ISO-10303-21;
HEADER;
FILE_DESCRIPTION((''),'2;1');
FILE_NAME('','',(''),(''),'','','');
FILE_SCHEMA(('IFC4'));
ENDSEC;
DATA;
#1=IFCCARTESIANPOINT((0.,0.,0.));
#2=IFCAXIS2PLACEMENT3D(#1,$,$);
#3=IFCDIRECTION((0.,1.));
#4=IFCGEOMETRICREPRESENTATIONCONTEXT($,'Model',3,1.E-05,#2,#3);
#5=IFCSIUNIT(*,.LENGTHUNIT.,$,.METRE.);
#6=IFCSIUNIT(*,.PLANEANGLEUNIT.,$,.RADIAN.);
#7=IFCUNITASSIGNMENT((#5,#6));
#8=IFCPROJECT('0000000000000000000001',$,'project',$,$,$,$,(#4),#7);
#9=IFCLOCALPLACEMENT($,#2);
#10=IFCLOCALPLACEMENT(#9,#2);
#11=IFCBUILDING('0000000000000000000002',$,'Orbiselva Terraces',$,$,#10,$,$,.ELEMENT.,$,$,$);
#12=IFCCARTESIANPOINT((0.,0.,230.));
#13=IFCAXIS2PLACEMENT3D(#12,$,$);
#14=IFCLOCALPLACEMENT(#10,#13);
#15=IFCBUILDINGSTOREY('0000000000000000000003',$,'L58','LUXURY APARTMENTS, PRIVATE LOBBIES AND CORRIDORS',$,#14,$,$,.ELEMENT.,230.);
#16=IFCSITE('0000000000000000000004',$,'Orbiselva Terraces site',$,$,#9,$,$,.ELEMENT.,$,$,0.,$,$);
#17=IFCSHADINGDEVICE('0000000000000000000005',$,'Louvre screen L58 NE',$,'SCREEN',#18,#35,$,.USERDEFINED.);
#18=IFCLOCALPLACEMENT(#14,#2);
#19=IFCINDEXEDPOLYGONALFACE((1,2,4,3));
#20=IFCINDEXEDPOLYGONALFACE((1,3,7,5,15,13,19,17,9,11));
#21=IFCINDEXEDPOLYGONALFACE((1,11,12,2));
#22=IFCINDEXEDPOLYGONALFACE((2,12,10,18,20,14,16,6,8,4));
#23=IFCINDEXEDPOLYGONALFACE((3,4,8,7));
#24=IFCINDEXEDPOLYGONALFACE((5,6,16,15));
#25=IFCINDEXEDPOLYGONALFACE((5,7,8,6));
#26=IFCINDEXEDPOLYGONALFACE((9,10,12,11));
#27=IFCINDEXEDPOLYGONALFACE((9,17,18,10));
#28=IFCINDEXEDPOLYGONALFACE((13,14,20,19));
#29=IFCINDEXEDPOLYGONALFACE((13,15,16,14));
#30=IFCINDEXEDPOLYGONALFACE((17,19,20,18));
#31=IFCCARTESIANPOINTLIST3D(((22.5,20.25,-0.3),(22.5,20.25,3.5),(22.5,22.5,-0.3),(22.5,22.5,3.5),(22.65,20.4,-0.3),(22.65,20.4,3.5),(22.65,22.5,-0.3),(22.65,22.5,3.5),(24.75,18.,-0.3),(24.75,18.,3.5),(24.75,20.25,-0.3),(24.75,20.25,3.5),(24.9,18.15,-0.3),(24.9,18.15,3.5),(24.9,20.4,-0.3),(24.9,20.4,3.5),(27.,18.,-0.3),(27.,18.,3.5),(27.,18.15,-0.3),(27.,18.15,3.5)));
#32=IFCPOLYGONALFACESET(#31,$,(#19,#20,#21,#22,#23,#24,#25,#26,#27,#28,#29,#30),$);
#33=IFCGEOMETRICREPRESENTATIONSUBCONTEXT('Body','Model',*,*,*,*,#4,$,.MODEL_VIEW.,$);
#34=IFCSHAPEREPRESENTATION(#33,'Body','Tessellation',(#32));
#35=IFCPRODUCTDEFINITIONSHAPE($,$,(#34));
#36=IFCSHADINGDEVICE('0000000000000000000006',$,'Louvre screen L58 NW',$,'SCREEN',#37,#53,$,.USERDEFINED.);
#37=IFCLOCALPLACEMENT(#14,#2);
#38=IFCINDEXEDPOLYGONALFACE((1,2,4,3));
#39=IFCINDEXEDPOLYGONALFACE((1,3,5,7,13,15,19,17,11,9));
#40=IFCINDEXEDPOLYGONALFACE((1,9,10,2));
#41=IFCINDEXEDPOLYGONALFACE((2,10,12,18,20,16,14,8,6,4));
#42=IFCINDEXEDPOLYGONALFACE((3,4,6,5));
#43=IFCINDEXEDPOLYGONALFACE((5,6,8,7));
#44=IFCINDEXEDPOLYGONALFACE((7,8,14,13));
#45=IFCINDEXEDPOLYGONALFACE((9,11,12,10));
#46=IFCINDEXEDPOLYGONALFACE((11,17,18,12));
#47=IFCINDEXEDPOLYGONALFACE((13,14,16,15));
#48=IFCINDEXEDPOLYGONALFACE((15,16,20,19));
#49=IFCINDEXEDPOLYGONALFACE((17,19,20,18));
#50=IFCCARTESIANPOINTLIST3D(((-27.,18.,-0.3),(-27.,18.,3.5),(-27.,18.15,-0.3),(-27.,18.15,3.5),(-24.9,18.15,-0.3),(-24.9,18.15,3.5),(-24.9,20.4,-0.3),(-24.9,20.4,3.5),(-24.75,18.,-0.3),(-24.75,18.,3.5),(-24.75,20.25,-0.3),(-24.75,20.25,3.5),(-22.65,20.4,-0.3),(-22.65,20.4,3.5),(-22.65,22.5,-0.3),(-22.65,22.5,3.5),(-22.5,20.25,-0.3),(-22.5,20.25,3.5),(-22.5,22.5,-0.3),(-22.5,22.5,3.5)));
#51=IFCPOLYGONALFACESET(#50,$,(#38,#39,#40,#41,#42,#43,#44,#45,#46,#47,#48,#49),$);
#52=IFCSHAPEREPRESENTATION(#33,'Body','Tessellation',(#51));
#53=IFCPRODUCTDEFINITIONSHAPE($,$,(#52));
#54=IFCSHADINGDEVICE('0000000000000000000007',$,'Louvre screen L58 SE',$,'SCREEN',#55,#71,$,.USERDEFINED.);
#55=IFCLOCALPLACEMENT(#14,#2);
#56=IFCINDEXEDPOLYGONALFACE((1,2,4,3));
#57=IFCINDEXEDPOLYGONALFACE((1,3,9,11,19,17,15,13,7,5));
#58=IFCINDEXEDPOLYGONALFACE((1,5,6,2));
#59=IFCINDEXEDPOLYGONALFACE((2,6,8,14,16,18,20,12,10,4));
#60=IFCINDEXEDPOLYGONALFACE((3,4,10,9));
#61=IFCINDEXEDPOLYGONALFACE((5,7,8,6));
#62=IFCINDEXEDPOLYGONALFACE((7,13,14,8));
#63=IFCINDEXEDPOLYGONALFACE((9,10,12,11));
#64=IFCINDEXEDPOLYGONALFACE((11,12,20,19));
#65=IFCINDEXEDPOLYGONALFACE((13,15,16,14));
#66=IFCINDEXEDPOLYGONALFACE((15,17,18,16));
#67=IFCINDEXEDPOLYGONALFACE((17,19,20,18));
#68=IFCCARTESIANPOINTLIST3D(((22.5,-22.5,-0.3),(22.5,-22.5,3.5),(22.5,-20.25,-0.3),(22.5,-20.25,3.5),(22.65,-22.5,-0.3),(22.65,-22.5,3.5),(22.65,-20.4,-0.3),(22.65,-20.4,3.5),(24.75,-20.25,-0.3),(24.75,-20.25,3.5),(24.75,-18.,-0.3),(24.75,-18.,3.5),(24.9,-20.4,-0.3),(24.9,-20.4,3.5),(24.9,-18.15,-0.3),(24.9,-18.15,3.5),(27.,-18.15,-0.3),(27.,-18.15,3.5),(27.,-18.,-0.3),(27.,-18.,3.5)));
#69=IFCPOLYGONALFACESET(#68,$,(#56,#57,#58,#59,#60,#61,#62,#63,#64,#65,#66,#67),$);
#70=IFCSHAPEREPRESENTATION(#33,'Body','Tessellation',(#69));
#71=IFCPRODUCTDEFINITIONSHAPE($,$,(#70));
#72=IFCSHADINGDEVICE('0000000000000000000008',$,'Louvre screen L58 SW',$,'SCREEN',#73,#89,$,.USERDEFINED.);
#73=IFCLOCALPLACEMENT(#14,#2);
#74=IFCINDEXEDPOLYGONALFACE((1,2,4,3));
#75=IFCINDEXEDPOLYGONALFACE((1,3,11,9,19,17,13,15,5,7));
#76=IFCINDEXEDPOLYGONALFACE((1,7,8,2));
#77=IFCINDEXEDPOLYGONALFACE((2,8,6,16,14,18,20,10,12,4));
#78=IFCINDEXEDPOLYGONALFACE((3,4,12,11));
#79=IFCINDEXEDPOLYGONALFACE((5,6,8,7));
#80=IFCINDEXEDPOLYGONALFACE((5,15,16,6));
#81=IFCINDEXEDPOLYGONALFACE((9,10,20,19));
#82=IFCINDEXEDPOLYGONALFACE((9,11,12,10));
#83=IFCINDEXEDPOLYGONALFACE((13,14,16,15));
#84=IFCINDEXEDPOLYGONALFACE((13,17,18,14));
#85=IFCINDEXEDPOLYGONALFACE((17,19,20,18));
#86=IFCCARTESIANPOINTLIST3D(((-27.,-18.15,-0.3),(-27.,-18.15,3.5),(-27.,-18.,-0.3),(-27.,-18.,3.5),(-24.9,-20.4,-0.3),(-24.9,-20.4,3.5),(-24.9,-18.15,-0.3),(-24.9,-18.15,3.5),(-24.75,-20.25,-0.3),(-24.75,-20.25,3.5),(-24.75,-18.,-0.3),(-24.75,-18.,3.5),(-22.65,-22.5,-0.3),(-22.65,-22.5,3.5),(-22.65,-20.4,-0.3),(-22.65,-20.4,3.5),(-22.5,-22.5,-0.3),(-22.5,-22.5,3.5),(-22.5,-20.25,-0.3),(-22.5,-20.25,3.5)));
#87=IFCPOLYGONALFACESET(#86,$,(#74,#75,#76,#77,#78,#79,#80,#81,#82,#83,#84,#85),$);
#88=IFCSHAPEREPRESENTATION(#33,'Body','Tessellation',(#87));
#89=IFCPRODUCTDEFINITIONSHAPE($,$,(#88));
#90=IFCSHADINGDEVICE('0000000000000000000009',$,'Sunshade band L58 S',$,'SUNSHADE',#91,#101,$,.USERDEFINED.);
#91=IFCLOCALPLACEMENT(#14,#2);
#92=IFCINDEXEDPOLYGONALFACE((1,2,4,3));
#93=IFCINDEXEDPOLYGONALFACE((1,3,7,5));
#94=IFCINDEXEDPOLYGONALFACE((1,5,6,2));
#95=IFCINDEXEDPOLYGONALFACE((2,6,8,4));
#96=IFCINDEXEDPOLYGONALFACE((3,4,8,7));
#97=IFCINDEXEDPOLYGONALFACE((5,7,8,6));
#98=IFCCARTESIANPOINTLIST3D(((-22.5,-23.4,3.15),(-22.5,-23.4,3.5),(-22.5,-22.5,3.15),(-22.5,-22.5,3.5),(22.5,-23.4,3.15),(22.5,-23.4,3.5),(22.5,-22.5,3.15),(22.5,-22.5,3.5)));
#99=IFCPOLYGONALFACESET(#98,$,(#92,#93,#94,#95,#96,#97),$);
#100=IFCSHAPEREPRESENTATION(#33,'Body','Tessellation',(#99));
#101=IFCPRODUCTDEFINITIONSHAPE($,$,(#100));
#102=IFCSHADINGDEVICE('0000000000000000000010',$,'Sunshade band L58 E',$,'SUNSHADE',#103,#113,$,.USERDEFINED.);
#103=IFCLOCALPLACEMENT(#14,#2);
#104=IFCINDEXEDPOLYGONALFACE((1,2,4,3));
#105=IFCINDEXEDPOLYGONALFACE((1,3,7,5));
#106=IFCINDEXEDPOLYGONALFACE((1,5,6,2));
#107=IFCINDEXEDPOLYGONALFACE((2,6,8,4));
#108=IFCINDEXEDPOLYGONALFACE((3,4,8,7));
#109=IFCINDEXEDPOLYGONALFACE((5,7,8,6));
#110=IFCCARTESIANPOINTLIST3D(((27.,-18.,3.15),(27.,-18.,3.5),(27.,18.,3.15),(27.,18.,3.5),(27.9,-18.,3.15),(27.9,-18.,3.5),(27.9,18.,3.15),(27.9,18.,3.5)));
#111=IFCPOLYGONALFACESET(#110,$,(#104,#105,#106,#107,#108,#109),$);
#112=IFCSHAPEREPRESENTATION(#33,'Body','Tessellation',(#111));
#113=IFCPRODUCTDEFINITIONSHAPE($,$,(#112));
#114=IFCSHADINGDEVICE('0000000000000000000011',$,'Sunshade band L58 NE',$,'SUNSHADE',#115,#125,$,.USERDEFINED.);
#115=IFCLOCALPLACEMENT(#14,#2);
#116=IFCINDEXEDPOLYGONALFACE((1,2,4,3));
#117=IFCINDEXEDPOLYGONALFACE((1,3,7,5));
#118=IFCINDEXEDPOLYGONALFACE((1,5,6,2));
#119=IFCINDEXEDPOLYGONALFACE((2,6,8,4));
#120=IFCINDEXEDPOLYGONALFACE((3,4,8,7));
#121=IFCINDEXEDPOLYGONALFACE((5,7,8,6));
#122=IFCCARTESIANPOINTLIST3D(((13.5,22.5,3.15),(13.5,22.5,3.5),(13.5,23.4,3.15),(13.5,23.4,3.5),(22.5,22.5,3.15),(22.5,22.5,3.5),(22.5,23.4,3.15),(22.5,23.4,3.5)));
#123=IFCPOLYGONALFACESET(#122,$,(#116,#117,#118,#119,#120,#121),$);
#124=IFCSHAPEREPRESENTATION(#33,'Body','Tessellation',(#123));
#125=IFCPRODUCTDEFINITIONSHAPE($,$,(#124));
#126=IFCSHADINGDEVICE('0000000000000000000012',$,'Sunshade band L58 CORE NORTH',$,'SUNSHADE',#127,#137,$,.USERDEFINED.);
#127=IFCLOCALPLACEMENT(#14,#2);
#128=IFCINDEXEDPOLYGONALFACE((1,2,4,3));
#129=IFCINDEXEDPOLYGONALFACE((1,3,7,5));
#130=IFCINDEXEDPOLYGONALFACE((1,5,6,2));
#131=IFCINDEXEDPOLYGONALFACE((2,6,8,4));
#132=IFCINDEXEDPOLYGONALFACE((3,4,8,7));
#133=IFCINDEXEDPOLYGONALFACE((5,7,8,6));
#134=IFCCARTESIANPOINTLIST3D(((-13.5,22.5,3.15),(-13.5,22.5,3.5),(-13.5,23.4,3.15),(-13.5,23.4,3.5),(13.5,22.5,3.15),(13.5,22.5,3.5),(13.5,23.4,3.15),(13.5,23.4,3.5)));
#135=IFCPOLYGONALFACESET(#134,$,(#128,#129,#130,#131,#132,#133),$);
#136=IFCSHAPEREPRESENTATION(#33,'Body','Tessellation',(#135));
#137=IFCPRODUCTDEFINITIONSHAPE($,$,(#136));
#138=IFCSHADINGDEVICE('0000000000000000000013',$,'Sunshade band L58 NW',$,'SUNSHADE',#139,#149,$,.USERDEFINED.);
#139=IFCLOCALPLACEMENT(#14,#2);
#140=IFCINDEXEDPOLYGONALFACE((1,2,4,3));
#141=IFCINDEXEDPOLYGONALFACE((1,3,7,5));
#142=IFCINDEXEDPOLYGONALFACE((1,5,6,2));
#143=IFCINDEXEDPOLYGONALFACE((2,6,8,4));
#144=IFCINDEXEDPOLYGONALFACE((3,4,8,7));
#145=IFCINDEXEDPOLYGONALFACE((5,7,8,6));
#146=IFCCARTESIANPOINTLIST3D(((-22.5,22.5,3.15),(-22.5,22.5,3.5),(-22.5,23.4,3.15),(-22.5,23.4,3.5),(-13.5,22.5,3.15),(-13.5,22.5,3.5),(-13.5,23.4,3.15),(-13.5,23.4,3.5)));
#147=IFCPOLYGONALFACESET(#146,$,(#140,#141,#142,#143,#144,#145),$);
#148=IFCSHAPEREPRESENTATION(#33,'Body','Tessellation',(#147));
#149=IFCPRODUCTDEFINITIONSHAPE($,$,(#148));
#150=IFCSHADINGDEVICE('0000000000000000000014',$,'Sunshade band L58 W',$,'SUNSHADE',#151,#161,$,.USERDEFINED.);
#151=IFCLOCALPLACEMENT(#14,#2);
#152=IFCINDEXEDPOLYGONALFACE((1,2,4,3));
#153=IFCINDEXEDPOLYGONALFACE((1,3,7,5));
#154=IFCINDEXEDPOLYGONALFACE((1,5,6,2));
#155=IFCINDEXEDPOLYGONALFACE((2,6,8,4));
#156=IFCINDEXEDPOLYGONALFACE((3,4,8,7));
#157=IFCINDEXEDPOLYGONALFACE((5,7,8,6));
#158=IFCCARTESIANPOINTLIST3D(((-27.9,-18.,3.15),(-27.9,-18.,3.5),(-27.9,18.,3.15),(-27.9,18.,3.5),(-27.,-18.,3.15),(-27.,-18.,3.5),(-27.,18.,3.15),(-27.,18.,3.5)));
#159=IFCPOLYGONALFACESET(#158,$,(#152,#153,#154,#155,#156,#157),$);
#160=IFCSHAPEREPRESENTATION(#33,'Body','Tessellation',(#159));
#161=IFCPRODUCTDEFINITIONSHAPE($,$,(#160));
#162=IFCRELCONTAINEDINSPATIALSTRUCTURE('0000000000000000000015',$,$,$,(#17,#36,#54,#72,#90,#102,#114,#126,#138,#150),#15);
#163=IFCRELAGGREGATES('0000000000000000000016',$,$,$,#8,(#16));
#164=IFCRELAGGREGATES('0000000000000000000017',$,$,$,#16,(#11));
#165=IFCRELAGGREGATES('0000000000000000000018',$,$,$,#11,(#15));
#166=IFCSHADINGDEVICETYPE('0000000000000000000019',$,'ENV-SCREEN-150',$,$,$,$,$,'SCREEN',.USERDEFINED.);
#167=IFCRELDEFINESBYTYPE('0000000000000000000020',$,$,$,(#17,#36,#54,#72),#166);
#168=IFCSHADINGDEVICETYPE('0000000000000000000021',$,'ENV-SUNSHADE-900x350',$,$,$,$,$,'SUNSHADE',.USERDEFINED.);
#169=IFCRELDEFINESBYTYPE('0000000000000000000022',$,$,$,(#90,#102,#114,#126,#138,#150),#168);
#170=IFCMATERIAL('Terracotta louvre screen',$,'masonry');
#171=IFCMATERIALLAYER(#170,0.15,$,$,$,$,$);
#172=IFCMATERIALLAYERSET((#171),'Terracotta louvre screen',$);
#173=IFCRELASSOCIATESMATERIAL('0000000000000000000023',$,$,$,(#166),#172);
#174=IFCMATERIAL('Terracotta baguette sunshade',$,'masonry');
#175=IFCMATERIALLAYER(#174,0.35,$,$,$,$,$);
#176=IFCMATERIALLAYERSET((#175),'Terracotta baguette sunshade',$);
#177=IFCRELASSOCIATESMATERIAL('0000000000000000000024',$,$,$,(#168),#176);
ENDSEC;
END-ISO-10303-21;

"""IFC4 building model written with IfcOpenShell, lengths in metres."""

from ifc_helpers import new_model, si_unit, direction, frame, origin, place, context, subcontext, project, spatial, polyline, outline, extrude, material, layer, layer_set, type_object, element, save


model = new_model("IFC4")

# Units and contexts
model_context = context("Model", 3, precision=1e-05, world=origin(), true_north=direction((0.0, 1.0)))
body_context = subcontext(model_context, "Body", "Model", "MODEL_VIEW")
ifc_project = project(units=[si_unit("LENGTHUNIT", "METRE"), si_unit("PLANEANGLEUNIT", "RADIAN")], contexts=[model_context])

# Site, building, storey
site_placement = place(None, origin())
site = spatial("IfcSite", under=ifc_project, at=site_placement, Name="Orbiselva Terraces site", CompositionType="ELEMENT", RefElevation=0.0)
building_placement = place(site_placement, origin())
building = spatial("IfcBuilding", under=site, at=building_placement, Name="Orbiselva Terraces", CompositionType="ELEMENT")
storey_placement = place(building_placement, frame((0.0, 0.0, 230.0)))
storey = spatial("IfcBuildingStorey", under=building, at=storey_placement, Name="L58", Description="LUXURY APARTMENTS, PRIVATE LOBBIES AND CORRIDORS", CompositionType="ELEMENT", Elevation=230.0)

# Shading devices
ifc_material_1 = material(Name="Terracotta louvre screen", Category="masonry")
ifc_layer_1 = layer(ifc_material_1, 0.15)
ifc_layer_set_1 = layer_set([ifc_layer_1], Name="Terracotta louvre screen")
shading_device_type_1 = type_object("IfcShadingDeviceType", Name="ENV-SCREEN-150", ElementType="SCREEN", PredefinedType="USERDEFINED", material=ifc_layer_set_1)
shading_device_1_placement = place(storey_placement, frame((0.0, 0.0, -0.3)))
element("IfcShadingDevice", 1, at=shading_device_1_placement, inside=storey, type_object=shading_device_type_1, Name="Louvre screen L58 NE", ObjectType="SCREEN", PredefinedType="USERDEFINED", context=body_context, shape_type="SweptSolid", body=[
    extrude(outline(polyline([(27.0, 18.15), (24.9, 18.15), (24.9, 20.4), (22.65, 20.4), (22.65, 22.5), (22.5, 22.5), (22.5, 20.25), (24.75, 20.25), (24.75, 18.0), (27.0, 18.0), (27.0, 18.15)])), origin(), (0.0, 0.0, 1.0), 3.8),
])
shading_device_2_placement = place(storey_placement, frame((0.0, 0.0, -0.3)))
element("IfcShadingDevice", 2, at=shading_device_2_placement, inside=storey, type_object=shading_device_type_1, Name="Louvre screen L58 NW", ObjectType="SCREEN", PredefinedType="USERDEFINED", context=body_context, shape_type="SweptSolid", body=[
    extrude(outline(polyline([(-22.65, 22.5), (-22.65, 20.4), (-24.9, 20.4), (-24.9, 18.15), (-27.0, 18.15), (-27.0, 18.0), (-24.75, 18.0), (-24.75, 20.25), (-22.5, 20.25), (-22.5, 22.5), (-22.65, 22.5)])), origin(), (0.0, 0.0, 1.0), 3.8),
])
shading_device_3_placement = place(storey_placement, frame((0.0, 0.0, -0.3)))
element("IfcShadingDevice", 3, at=shading_device_3_placement, inside=storey, type_object=shading_device_type_1, Name="Louvre screen L58 SE", ObjectType="SCREEN", PredefinedType="USERDEFINED", context=body_context, shape_type="SweptSolid", body=[
    extrude(outline(polyline([(22.65, -22.5), (22.65, -20.4), (24.9, -20.4), (24.9, -18.15), (27.0, -18.15), (27.0, -18.0), (24.75, -18.0), (24.75, -20.25), (22.5, -20.25), (22.5, -22.5), (22.65, -22.5)])), origin(), (0.0, 0.0, 1.0), 3.8),
])
shading_device_4_placement = place(storey_placement, frame((0.0, 0.0, -0.3)))
element("IfcShadingDevice", 4, at=shading_device_4_placement, inside=storey, type_object=shading_device_type_1, Name="Louvre screen L58 SW", ObjectType="SCREEN", PredefinedType="USERDEFINED", context=body_context, shape_type="SweptSolid", body=[
    extrude(outline(polyline([(-27.0, -18.15), (-24.9, -18.15), (-24.9, -20.4), (-22.65, -20.4), (-22.65, -22.5), (-22.5, -22.5), (-22.5, -20.25), (-24.75, -20.25), (-24.75, -18.0), (-27.0, -18.0), (-27.0, -18.15)])), origin(), (0.0, 0.0, 1.0), 3.8),
])
ifc_material_2 = material(Name="Terracotta baguette sunshade", Category="masonry")
ifc_layer_2 = layer(ifc_material_2, 0.35)
ifc_layer_set_2 = layer_set([ifc_layer_2], Name="Terracotta baguette sunshade")
shading_device_type_2 = type_object("IfcShadingDeviceType", Name="ENV-SUNSHADE-900x350", ElementType="SUNSHADE", PredefinedType="USERDEFINED", material=ifc_layer_set_2)
shading_device_5_placement = place(storey_placement, frame((0.0, 0.0, 3.15)))
element("IfcShadingDevice", 5, at=shading_device_5_placement, inside=storey, type_object=shading_device_type_2, Name="Sunshade band L58 S", ObjectType="SUNSHADE", PredefinedType="USERDEFINED", context=body_context, shape_type="SweptSolid", body=[
    extrude(outline(polyline([(-22.5, -23.4), (22.5, -23.4), (22.5, -22.5), (-22.5, -22.5), (-22.5, -23.4)])), origin(), (0.0, 0.0, 1.0), 0.35),
])
shading_device_6_placement = place(storey_placement, frame((0.0, 0.0, 3.15)))
element("IfcShadingDevice", 6, at=shading_device_6_placement, inside=storey, type_object=shading_device_type_2, Name="Sunshade band L58 E", ObjectType="SUNSHADE", PredefinedType="USERDEFINED", context=body_context, shape_type="SweptSolid", body=[
    extrude(outline(polyline([(27.9, -18.0), (27.9, 18.0), (27.0, 18.0), (27.0, -18.0), (27.9, -18.0)])), origin(), (0.0, 0.0, 1.0), 0.35),
])
shading_device_7_placement = place(storey_placement, frame((0.0, 0.0, 3.15)))
element("IfcShadingDevice", 7, at=shading_device_7_placement, inside=storey, type_object=shading_device_type_2, Name="Sunshade band L58 NE", ObjectType="SUNSHADE", PredefinedType="USERDEFINED", context=body_context, shape_type="SweptSolid", body=[
    extrude(outline(polyline([(22.5, 23.4), (13.5, 23.4), (13.5, 22.5), (22.5, 22.5), (22.5, 23.4)])), origin(), (0.0, 0.0, 1.0), 0.35),
])
shading_device_8_placement = place(storey_placement, frame((0.0, 0.0, 3.15)))
element("IfcShadingDevice", 8, at=shading_device_8_placement, inside=storey, type_object=shading_device_type_2, Name="Sunshade band L58 CORE NORTH", ObjectType="SUNSHADE", PredefinedType="USERDEFINED", context=body_context, shape_type="SweptSolid", body=[
    extrude(outline(polyline([(13.5, 23.4), (-13.5, 23.4), (-13.5, 22.5), (13.5, 22.5), (13.5, 23.4)])), origin(), (0.0, 0.0, 1.0), 0.35),
])
shading_device_9_placement = place(storey_placement, frame((0.0, 0.0, 3.15)))
element("IfcShadingDevice", 9, at=shading_device_9_placement, inside=storey, type_object=shading_device_type_2, Name="Sunshade band L58 NW", ObjectType="SUNSHADE", PredefinedType="USERDEFINED", context=body_context, shape_type="SweptSolid", body=[
    extrude(outline(polyline([(-13.5, 23.4), (-22.5, 23.4), (-22.5, 22.5), (-13.5, 22.5), (-13.5, 23.4)])), origin(), (0.0, 0.0, 1.0), 0.35),
])
shading_device_10_placement = place(storey_placement, frame((0.0, 0.0, 3.15)))
element("IfcShadingDevice", 10, at=shading_device_10_placement, inside=storey, type_object=shading_device_type_2, Name="Sunshade band L58 W", ObjectType="SUNSHADE", PredefinedType="USERDEFINED", context=body_context, shape_type="SweptSolid", body=[
    extrude(outline(polyline([(-27.9, 18.0), (-27.9, -18.0), (-27.0, -18.0), (-27.0, 18.0), (-27.9, 18.0)])), origin(), (0.0, 0.0, 1.0), 0.35),
])

save(model, "model.ifc")
